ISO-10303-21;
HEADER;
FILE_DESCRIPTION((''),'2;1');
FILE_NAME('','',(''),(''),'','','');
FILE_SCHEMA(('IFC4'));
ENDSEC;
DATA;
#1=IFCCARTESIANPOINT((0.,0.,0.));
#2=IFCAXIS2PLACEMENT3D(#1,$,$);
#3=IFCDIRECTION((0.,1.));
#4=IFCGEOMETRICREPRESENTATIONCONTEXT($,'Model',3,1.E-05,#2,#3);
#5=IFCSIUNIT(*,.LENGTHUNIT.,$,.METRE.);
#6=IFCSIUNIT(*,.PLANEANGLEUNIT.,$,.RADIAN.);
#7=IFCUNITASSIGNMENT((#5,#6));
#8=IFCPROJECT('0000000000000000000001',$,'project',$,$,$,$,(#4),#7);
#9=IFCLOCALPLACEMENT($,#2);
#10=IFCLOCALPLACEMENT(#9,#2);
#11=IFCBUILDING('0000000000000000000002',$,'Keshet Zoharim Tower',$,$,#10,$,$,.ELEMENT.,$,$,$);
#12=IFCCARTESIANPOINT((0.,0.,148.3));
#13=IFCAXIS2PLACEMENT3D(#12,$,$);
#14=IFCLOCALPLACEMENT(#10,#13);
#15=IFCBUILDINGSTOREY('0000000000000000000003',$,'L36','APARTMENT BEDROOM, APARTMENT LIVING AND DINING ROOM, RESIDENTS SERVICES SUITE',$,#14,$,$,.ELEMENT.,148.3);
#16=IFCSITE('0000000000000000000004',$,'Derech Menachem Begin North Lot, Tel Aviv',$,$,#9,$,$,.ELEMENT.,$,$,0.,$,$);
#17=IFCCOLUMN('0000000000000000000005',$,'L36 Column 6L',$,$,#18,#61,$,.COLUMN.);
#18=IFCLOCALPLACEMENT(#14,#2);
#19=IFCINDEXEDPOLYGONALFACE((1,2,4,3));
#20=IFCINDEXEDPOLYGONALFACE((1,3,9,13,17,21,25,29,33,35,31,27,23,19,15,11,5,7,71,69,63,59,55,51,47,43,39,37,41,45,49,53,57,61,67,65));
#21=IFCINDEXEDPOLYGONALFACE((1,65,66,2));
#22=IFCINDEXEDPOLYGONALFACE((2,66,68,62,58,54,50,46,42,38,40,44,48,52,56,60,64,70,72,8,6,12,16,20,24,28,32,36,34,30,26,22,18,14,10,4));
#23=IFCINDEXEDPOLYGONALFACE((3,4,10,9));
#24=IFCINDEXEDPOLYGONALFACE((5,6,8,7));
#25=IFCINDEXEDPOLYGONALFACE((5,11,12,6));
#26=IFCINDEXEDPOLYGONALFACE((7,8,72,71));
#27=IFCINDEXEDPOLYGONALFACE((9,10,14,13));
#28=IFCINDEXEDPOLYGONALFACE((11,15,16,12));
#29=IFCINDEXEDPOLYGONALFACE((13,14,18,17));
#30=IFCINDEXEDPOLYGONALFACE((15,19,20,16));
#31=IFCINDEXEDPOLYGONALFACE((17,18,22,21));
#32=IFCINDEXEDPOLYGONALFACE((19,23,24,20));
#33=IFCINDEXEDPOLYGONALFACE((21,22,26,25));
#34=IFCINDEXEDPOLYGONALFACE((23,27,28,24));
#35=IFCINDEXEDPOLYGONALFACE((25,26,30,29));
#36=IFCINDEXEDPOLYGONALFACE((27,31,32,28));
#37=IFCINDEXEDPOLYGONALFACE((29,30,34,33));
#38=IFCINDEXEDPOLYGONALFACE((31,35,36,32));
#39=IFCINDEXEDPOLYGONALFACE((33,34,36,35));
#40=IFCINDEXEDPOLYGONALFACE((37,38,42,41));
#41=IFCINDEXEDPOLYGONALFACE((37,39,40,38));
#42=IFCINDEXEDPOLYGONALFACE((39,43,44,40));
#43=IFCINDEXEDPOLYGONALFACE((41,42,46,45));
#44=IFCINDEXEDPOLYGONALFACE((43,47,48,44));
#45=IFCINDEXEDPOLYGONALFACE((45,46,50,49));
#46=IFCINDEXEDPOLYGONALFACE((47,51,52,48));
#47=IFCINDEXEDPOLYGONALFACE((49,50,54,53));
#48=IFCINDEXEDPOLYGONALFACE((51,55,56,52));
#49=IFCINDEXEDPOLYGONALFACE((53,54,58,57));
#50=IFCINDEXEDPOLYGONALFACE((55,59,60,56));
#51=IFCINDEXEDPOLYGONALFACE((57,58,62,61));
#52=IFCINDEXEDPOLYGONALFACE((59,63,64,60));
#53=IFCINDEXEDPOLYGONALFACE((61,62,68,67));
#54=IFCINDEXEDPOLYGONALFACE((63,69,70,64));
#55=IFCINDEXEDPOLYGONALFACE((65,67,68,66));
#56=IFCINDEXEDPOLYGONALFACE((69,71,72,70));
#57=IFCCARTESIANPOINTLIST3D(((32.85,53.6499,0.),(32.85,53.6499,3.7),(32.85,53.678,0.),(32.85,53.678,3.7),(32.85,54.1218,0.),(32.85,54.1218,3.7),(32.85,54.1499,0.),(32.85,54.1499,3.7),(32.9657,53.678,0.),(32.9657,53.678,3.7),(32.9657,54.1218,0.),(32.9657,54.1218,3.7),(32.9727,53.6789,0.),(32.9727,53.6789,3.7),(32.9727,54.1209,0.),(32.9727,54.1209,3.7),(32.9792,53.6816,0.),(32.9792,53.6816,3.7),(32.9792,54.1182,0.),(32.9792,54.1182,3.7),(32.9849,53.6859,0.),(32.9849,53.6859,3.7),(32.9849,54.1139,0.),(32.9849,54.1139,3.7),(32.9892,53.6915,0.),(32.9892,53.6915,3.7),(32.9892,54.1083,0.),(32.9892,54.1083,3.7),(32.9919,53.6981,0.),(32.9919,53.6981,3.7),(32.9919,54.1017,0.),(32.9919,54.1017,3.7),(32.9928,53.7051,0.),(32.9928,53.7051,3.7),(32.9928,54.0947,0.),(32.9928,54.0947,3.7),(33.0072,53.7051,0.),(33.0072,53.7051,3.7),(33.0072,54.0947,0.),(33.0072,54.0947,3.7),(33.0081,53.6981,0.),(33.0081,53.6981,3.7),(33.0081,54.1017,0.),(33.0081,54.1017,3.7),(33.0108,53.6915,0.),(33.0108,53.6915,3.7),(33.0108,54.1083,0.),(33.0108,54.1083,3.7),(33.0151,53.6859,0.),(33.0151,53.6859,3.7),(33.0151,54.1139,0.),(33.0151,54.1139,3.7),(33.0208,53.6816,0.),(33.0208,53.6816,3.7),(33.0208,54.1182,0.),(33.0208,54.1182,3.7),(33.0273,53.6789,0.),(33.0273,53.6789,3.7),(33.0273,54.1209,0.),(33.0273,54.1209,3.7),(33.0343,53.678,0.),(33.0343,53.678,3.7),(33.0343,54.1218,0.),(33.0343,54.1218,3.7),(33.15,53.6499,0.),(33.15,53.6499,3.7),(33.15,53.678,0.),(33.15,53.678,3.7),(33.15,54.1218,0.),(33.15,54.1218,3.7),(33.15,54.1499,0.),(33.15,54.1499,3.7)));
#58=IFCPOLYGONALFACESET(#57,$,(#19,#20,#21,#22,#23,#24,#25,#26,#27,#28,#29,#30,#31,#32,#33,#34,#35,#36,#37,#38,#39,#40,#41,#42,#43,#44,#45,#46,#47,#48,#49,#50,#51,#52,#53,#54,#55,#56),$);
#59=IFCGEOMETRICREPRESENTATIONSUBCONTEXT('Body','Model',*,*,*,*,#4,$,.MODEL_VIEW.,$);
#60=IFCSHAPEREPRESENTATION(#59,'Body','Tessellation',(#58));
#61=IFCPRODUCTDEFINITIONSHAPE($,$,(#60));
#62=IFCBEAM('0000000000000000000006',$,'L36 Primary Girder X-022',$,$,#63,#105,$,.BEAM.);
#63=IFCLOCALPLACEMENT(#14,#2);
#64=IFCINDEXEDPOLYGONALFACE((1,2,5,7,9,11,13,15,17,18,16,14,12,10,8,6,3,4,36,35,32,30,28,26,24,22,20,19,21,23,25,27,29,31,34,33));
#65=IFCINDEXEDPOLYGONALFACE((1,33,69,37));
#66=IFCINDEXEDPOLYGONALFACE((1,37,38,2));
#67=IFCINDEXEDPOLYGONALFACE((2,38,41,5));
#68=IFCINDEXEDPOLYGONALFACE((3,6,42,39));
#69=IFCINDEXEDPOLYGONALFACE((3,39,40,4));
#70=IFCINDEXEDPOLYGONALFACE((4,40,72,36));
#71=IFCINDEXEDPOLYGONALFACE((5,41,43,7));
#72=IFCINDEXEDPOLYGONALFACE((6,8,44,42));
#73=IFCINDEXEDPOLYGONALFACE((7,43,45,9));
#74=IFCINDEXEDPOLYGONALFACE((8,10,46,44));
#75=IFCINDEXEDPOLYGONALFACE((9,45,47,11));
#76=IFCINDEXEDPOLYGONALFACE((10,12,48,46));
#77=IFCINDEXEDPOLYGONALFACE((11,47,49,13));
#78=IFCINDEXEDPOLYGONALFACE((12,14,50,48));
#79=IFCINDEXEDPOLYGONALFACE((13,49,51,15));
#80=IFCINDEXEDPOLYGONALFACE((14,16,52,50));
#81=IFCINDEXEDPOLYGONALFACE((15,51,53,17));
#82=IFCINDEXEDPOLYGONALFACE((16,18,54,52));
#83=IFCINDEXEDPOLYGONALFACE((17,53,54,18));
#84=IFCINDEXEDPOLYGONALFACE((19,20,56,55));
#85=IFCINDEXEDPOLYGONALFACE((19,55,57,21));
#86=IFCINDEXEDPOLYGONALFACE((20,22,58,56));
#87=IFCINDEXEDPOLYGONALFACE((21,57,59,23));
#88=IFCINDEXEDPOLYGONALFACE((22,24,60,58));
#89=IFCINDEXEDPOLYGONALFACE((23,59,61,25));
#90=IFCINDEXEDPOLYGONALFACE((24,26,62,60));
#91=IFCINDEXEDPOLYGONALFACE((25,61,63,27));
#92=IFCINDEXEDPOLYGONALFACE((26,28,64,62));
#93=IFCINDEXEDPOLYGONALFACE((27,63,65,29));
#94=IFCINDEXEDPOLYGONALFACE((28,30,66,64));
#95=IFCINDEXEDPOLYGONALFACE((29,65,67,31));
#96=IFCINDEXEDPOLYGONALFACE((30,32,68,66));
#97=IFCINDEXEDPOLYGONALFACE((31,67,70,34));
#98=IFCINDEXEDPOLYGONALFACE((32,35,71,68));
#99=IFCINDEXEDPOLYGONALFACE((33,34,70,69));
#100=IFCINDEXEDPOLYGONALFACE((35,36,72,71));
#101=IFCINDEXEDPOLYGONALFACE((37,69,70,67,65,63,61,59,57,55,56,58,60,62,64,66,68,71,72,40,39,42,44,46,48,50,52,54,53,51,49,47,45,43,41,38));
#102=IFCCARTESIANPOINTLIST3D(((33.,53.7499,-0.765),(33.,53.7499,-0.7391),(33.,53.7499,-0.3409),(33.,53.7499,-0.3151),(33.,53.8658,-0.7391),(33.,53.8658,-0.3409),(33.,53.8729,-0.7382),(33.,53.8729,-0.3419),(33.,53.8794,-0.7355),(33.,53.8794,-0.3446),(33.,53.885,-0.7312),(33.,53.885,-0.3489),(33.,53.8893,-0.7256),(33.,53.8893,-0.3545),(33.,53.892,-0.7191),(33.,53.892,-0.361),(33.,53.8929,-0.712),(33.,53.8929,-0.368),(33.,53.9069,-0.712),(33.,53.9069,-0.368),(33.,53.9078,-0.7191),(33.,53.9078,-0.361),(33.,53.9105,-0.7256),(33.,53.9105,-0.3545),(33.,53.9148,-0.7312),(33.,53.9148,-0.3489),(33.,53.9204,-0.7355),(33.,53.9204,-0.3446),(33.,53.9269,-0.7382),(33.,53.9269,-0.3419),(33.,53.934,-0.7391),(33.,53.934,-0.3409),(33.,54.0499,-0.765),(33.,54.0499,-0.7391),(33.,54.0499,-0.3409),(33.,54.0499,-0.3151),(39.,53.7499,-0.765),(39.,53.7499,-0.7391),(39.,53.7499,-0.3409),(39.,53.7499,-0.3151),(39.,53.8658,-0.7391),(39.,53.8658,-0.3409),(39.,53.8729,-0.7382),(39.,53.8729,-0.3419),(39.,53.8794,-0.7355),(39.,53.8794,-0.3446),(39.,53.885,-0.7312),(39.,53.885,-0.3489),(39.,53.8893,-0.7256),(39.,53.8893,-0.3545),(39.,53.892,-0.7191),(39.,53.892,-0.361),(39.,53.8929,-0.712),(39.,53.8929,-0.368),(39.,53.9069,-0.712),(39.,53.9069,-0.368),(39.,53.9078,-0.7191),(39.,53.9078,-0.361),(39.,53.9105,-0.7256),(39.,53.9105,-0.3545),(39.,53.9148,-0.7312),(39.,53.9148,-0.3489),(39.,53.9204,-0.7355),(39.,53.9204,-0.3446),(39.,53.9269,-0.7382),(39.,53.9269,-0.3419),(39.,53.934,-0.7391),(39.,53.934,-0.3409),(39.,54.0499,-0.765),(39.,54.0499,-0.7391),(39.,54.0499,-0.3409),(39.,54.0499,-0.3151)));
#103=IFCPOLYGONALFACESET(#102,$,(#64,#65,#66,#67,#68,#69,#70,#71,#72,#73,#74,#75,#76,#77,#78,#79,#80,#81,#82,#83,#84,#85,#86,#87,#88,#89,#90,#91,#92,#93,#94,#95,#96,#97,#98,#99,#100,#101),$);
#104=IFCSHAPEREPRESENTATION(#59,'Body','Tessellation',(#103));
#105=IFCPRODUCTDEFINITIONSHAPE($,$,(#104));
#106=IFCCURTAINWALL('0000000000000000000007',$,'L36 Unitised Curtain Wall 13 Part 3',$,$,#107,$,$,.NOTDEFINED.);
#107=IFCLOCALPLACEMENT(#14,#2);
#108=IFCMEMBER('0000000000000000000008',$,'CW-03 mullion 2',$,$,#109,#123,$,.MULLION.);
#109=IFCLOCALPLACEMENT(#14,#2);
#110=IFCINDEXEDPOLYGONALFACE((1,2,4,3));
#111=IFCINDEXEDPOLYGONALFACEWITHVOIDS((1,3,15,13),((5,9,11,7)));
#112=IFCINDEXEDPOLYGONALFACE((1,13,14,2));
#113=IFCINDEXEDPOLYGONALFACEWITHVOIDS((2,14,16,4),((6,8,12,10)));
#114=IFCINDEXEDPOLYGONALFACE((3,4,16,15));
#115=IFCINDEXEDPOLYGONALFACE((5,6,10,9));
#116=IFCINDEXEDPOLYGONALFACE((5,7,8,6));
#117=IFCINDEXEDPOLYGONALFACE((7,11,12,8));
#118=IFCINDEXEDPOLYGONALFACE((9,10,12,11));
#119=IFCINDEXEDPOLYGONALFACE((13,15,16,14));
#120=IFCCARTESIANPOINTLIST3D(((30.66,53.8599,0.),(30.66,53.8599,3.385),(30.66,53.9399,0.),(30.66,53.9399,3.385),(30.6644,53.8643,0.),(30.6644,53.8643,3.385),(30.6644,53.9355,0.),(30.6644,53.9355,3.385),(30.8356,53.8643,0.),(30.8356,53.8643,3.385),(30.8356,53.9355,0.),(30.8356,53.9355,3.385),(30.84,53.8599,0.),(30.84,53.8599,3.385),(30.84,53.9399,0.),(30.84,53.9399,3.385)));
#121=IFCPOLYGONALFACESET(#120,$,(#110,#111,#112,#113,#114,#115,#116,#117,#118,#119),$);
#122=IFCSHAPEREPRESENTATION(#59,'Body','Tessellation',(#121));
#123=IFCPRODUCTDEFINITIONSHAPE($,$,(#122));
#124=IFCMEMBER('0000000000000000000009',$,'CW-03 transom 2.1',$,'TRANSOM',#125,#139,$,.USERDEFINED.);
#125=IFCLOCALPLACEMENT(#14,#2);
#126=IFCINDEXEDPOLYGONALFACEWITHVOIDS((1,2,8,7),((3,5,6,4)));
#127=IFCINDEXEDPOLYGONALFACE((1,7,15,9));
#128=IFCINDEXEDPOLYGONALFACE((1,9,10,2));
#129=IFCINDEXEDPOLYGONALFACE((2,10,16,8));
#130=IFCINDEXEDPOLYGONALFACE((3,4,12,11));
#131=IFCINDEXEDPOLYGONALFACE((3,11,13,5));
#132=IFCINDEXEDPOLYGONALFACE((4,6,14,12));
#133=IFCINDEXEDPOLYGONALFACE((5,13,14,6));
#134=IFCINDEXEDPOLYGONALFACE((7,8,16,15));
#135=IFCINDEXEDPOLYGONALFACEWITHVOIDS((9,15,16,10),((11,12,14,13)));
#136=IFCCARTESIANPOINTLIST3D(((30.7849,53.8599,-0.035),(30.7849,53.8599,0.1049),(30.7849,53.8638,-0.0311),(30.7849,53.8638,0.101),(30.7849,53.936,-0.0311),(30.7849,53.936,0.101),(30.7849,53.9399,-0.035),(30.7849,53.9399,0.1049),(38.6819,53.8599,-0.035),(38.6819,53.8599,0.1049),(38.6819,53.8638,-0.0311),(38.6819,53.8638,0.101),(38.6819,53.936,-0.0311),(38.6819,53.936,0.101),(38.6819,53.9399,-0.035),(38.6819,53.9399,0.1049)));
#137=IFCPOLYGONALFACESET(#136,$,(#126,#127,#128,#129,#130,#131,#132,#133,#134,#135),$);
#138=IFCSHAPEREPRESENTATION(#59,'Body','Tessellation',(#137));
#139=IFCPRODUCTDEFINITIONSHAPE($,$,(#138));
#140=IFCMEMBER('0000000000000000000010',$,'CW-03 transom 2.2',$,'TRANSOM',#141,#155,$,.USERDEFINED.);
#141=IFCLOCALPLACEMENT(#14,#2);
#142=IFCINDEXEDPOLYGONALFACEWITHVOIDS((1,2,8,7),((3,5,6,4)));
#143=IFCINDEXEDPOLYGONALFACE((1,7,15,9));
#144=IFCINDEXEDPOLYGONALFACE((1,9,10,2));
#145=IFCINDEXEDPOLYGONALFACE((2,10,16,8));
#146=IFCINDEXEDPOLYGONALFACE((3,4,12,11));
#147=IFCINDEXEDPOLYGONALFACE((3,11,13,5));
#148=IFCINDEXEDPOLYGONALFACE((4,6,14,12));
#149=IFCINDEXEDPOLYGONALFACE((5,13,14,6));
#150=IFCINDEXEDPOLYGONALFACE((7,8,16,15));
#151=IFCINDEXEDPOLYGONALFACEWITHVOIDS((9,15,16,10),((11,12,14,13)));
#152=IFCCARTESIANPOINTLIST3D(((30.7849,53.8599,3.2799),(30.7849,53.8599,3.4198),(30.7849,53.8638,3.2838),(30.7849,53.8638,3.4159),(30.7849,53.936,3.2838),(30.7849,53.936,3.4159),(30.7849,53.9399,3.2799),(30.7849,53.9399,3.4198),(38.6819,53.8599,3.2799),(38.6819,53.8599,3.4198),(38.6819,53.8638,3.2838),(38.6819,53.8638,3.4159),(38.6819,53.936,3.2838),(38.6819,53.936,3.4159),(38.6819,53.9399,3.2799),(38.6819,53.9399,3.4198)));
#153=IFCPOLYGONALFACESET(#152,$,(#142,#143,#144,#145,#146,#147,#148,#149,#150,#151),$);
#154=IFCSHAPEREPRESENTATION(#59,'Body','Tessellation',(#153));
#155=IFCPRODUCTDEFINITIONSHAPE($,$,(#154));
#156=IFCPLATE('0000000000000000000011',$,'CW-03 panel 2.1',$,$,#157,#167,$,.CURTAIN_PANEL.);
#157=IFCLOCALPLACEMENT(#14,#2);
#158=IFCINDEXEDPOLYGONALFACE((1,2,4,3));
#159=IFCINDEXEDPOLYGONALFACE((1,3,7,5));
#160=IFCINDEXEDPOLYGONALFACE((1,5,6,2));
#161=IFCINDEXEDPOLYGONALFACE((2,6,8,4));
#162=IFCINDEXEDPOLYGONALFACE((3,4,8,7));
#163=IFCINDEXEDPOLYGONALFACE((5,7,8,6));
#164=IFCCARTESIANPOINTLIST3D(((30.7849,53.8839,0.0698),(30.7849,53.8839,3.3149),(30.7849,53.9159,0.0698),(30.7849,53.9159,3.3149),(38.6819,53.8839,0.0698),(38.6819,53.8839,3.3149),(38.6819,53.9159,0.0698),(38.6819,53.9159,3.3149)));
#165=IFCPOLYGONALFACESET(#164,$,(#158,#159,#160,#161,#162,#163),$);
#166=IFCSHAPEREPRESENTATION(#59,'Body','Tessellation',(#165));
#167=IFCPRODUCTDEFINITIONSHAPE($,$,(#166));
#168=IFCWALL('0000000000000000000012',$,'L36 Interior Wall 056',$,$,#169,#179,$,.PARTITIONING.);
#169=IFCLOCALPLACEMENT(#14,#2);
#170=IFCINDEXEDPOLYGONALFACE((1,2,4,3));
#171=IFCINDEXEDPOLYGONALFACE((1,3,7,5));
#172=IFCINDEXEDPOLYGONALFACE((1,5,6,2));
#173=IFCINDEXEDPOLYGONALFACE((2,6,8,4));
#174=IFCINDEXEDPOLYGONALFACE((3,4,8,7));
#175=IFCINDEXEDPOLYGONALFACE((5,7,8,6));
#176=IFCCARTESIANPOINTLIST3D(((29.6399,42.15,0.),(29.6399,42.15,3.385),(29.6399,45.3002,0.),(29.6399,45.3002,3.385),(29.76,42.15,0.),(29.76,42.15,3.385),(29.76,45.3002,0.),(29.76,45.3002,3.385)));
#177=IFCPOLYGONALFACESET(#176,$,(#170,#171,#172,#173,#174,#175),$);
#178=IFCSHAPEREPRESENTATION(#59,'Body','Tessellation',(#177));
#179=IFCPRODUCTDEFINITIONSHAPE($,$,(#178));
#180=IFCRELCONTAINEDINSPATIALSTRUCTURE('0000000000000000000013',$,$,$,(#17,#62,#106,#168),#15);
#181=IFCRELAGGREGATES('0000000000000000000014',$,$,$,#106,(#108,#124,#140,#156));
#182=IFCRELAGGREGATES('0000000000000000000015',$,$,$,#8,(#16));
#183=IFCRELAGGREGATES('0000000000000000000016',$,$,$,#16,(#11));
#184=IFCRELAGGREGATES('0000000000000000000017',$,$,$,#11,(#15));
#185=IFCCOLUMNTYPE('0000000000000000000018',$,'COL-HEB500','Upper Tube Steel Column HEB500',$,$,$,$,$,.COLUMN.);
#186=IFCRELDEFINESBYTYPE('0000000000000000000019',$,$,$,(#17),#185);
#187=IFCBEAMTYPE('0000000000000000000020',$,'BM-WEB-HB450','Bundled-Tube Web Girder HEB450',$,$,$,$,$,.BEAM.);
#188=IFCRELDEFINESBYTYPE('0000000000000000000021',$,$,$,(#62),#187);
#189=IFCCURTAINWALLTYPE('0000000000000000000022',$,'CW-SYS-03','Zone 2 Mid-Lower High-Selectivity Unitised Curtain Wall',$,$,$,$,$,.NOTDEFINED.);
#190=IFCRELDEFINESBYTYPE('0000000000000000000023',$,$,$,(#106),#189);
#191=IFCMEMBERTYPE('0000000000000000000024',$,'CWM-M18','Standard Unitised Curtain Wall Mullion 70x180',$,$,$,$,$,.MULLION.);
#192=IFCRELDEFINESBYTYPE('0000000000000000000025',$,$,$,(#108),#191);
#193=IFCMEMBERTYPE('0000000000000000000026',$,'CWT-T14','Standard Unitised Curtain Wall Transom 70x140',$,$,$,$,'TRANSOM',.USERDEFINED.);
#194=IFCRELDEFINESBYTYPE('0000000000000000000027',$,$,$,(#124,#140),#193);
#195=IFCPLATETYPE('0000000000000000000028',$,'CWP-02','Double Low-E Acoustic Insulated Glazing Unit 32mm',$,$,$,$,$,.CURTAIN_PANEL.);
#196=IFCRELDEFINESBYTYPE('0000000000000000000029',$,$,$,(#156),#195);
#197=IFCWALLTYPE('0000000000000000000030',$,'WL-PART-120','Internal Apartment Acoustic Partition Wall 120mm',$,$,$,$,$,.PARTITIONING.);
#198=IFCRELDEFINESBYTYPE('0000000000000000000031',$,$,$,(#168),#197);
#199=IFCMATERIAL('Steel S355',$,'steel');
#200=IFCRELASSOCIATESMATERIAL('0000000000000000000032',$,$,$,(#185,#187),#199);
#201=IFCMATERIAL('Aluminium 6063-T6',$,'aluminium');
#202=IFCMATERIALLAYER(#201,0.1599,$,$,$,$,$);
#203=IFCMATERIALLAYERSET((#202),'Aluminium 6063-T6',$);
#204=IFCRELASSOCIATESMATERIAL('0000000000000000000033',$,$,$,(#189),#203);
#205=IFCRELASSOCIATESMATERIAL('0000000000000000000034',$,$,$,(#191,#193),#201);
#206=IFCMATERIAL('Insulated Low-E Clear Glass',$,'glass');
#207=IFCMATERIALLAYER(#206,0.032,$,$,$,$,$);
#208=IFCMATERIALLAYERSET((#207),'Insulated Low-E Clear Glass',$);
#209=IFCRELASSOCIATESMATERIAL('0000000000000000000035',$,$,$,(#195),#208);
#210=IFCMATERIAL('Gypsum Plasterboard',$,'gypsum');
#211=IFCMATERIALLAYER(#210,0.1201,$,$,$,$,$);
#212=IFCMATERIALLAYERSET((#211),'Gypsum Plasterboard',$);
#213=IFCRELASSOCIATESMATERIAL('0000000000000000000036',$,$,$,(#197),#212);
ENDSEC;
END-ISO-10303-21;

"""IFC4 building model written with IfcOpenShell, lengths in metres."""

from ifc_helpers import new_model, si_unit, direction, frame, frame_2d, origin, origin_2d, place, context, subcontext, project, spatial, rectangle, hollow_rectangle, i_section, extrude, material, layer, layer_set, material_profile, profile_set, type_object, element, aggregate, save


model = new_model("IFC4")

# Units and contexts
model_context = context("Model", 3, precision=1e-05, world=origin(), true_north=direction((0.0, 1.0)))
body_context = subcontext(model_context, "Body", "Model", "MODEL_VIEW")
ifc_project = project(units=[si_unit("LENGTHUNIT", "METRE"), si_unit("PLANEANGLEUNIT", "RADIAN")], contexts=[model_context])

# Site, building, storey
site_placement = place(None, origin())
site = spatial("IfcSite", under=ifc_project, at=site_placement, Name="Derech Menachem Begin North Lot, Tel Aviv", CompositionType="ELEMENT", RefElevation=0.0)
building_placement = place(site_placement, origin())
building = spatial("IfcBuilding", under=site, at=building_placement, Name="Keshet Zoharim Tower", CompositionType="ELEMENT")
storey_placement = place(building_placement, frame((0.0, 0.0, 148.3)))
storey = spatial("IfcBuildingStorey", under=building, at=storey_placement, Name="L36", Description="APARTMENT BEDROOM, APARTMENT LIVING AND DINING ROOM, RESIDENTS SERVICES SUITE", CompositionType="ELEMENT", Elevation=148.3)

# Column
ifc_material_1 = material(Name="Steel S355", Category="steel")
ifc_material_profile_1 = material_profile(ifc_material_1, i_section(OverallWidth=0.3, OverallDepth=0.5, WebThickness=0.0144, FlangeThickness=0.0281, FilletRadius=0.0271, at=origin_2d()), Name="HEB500")
ifc_profile_set_1 = profile_set([ifc_material_profile_1], Name="Steel S355")
column_type = type_object("IfcColumnType", Name="COL-HEB500", Description="Upper Tube Steel Column HEB500", PredefinedType="COLUMN", material=ifc_profile_set_1)
column_placement = place(storey_placement, frame((33.0, 53.8999, 0.0), z_axis=(0.0, 0.0, 1.0), x_axis=(1.0, 0.0, 0.0)))
element("IfcColumn", 1, at=column_placement, inside=storey, type_object=column_type, Name="L36 Column 6L", PredefinedType="COLUMN", context=body_context, shape_type="SweptSolid", body=[
    extrude(i_section(OverallWidth=0.3, OverallDepth=0.5, WebThickness=0.0144, FlangeThickness=0.0281, FilletRadius=0.0271, at=origin_2d()), origin(), (0.0, 0.0, 1.0), 3.7),
])

# Beam
ifc_material_profile_2 = material_profile(ifc_material_1, i_section(OverallWidth=0.3, OverallDepth=0.45, WebThickness=0.0139, FlangeThickness=0.0259, FilletRadius=0.0271, at=origin_2d()), Name="HEB450")
ifc_profile_set_2 = profile_set([ifc_material_profile_2], Name="Steel S355")
beam_type = type_object("IfcBeamType", Name="BM-WEB-HB450", Description="Bundled-Tube Web Girder HEB450", PredefinedType="BEAM", material=ifc_profile_set_2)
beam_placement = place(storey_placement, frame((33.0, 53.8999, -0.54), z_axis=(1.0, 0.0, 0.0), x_axis=(0.0, 1.0, 0.0)))
element("IfcBeam", 2, at=beam_placement, inside=storey, type_object=beam_type, Name="L36 Primary Girder X-022", PredefinedType="BEAM", context=body_context, shape_type="SweptSolid", body=[
    extrude(i_section(OverallWidth=0.3, OverallDepth=0.45, WebThickness=0.0139, FlangeThickness=0.0259, FilletRadius=0.0271, at=origin_2d()), origin(), (0.0, 0.0, 1.0), 6.0),
])

# Curtain wall, members, plate
ifc_material_2 = material(Name="Aluminium 6063-T6", Category="aluminium")
ifc_layer_1 = layer(ifc_material_2, 0.1599)
ifc_layer_set_1 = layer_set([ifc_layer_1], Name="Aluminium 6063-T6")
curtain_wall_type = type_object("IfcCurtainWallType", Name="CW-SYS-03", Description="Zone 2 Mid-Lower High-Selectivity Unitised Curtain Wall", PredefinedType="NOTDEFINED", material=ifc_layer_set_1)
curtain_wall_placement = place(storey_placement, origin())
curtain_wall = element("IfcCurtainWall", 3, at=curtain_wall_placement, inside=storey, type_object=curtain_wall_type, Name="L36 Unitised Curtain Wall 13 Part 3", PredefinedType="NOTDEFINED")
ifc_material_profile_3 = material_profile(ifc_material_2, hollow_rectangle(XDim=0.0801, YDim=0.1799, WallThickness=0.0044, at=origin_2d()), Name="MUL-80x180")
ifc_profile_set_3 = profile_set([ifc_material_profile_3], Name="Aluminium 6063-T6")
member_type_1 = type_object("IfcMemberType", Name="CWM-M18", Description="Standard Unitised Curtain Wall Mullion 70x180", PredefinedType="MULLION", material=ifc_profile_set_3)
member_1_placement = place(storey_placement, frame((30.75, 53.8999, 0.0), z_axis=(0.0, 0.0, 1.0), x_axis=(0.0, 1.0, 0.0)))
member_1 = element("IfcMember", 4, at=member_1_placement, type_object=member_type_1, Name="CW-03 mullion 2", PredefinedType="MULLION", context=body_context, shape_type="SweptSolid", body=[
    extrude(hollow_rectangle(XDim=0.0801, YDim=0.1799, WallThickness=0.0044, at=origin_2d()), origin(), (0.0, 0.0, 1.0), 3.385),
])
ifc_material_profile_4 = material_profile(ifc_material_2, hollow_rectangle(XDim=0.0801, YDim=0.1399, WallThickness=0.0039, at=origin_2d()), Name="TRN-80x140")
ifc_profile_set_4 = profile_set([ifc_material_profile_4], Name="Aluminium 6063-T6")
member_type_2 = type_object("IfcMemberType", Name="CWT-T14", Description="Standard Unitised Curtain Wall Transom 70x140", ElementType="TRANSOM", PredefinedType="USERDEFINED", material=ifc_profile_set_4)
member_2_placement = place(storey_placement, frame((30.7849, 53.8999, 0.0349), z_axis=(1.0, 0.0, 0.0), x_axis=(0.0, 1.0, 0.0)))
member_2 = element("IfcMember", 5, at=member_2_placement, type_object=member_type_2, Name="CW-03 transom 2.1", ObjectType="TRANSOM", PredefinedType="USERDEFINED", context=body_context, shape_type="SweptSolid", body=[
    extrude(hollow_rectangle(XDim=0.0801, YDim=0.1399, WallThickness=0.0039, at=origin_2d()), origin(), (0.0, 0.0, 1.0), 7.897),
])
member_3_placement = place(storey_placement, frame((30.7849, 53.8999, 3.3499), z_axis=(1.0, 0.0, 0.0), x_axis=(0.0, 1.0, 0.0)))
member_3 = element("IfcMember", 6, at=member_3_placement, type_object=member_type_2, Name="CW-03 transom 2.2", ObjectType="TRANSOM", PredefinedType="USERDEFINED", context=body_context, shape_type="SweptSolid", body=[
    extrude(hollow_rectangle(XDim=0.0801, YDim=0.1399, WallThickness=0.0039, at=origin_2d()), origin(), (0.0, 0.0, 1.0), 7.897),
])
ifc_material_3 = material(Name="Insulated Low-E Clear Glass", Category="glass")
ifc_layer_2 = layer(ifc_material_3, 0.032)
ifc_layer_set_2 = layer_set([ifc_layer_2], Name="Insulated Low-E Clear Glass")
plate_type = type_object("IfcPlateType", Name="CWP-02", Description="Double Low-E Acoustic Insulated Glazing Unit 32mm", PredefinedType="CURTAIN_PANEL", material=ifc_layer_set_2)
plate_placement = place(storey_placement, frame((34.7334, 53.8999, 0.0698), z_axis=(0.0, 0.0, 1.0), x_axis=(1.0, 0.0, 0.0)))
plate = element("IfcPlate", 7, at=plate_placement, type_object=plate_type, Name="CW-03 panel 2.1", PredefinedType="CURTAIN_PANEL", context=body_context, shape_type="SweptSolid", body=[
    extrude(rectangle(XDim=7.897, YDim=0.032, at=origin_2d()), origin(), (0.0, 0.0, 1.0), 3.2451),
])
aggregate(curtain_wall, [member_1, member_2, member_3, plate])

# Wall
ifc_material_4 = material(Name="Gypsum Plasterboard", Category="gypsum")
ifc_layer_3 = layer(ifc_material_4, 0.1201)
ifc_layer_set_3 = layer_set([ifc_layer_3], Name="Gypsum Plasterboard")
wall_type_1 = type_object("IfcWallType", Name="WL-PART-120", Description="Internal Apartment Acoustic Partition Wall 120mm", PredefinedType="PARTITIONING", material=ifc_layer_set_3)
wall_1_placement = place(storey_placement, frame((29.7, 42.1499, 0.0), z_axis=(0.0, 0.0, 1.0), x_axis=(0.0, 1.0, 0.0)))
element("IfcWall", 8, at=wall_1_placement, inside=storey, type_object=wall_type_1, Name="L36 Interior Wall 056", PredefinedType="PARTITIONING", context=body_context, shape_type="SweptSolid", body=[
    extrude(rectangle(XDim=3.1501, YDim=0.1201, at=frame_2d((1.5752, 0.0))), origin(), (0.0, 0.0, 1.0), 3.385),
])

save(model, "model.ifc")
